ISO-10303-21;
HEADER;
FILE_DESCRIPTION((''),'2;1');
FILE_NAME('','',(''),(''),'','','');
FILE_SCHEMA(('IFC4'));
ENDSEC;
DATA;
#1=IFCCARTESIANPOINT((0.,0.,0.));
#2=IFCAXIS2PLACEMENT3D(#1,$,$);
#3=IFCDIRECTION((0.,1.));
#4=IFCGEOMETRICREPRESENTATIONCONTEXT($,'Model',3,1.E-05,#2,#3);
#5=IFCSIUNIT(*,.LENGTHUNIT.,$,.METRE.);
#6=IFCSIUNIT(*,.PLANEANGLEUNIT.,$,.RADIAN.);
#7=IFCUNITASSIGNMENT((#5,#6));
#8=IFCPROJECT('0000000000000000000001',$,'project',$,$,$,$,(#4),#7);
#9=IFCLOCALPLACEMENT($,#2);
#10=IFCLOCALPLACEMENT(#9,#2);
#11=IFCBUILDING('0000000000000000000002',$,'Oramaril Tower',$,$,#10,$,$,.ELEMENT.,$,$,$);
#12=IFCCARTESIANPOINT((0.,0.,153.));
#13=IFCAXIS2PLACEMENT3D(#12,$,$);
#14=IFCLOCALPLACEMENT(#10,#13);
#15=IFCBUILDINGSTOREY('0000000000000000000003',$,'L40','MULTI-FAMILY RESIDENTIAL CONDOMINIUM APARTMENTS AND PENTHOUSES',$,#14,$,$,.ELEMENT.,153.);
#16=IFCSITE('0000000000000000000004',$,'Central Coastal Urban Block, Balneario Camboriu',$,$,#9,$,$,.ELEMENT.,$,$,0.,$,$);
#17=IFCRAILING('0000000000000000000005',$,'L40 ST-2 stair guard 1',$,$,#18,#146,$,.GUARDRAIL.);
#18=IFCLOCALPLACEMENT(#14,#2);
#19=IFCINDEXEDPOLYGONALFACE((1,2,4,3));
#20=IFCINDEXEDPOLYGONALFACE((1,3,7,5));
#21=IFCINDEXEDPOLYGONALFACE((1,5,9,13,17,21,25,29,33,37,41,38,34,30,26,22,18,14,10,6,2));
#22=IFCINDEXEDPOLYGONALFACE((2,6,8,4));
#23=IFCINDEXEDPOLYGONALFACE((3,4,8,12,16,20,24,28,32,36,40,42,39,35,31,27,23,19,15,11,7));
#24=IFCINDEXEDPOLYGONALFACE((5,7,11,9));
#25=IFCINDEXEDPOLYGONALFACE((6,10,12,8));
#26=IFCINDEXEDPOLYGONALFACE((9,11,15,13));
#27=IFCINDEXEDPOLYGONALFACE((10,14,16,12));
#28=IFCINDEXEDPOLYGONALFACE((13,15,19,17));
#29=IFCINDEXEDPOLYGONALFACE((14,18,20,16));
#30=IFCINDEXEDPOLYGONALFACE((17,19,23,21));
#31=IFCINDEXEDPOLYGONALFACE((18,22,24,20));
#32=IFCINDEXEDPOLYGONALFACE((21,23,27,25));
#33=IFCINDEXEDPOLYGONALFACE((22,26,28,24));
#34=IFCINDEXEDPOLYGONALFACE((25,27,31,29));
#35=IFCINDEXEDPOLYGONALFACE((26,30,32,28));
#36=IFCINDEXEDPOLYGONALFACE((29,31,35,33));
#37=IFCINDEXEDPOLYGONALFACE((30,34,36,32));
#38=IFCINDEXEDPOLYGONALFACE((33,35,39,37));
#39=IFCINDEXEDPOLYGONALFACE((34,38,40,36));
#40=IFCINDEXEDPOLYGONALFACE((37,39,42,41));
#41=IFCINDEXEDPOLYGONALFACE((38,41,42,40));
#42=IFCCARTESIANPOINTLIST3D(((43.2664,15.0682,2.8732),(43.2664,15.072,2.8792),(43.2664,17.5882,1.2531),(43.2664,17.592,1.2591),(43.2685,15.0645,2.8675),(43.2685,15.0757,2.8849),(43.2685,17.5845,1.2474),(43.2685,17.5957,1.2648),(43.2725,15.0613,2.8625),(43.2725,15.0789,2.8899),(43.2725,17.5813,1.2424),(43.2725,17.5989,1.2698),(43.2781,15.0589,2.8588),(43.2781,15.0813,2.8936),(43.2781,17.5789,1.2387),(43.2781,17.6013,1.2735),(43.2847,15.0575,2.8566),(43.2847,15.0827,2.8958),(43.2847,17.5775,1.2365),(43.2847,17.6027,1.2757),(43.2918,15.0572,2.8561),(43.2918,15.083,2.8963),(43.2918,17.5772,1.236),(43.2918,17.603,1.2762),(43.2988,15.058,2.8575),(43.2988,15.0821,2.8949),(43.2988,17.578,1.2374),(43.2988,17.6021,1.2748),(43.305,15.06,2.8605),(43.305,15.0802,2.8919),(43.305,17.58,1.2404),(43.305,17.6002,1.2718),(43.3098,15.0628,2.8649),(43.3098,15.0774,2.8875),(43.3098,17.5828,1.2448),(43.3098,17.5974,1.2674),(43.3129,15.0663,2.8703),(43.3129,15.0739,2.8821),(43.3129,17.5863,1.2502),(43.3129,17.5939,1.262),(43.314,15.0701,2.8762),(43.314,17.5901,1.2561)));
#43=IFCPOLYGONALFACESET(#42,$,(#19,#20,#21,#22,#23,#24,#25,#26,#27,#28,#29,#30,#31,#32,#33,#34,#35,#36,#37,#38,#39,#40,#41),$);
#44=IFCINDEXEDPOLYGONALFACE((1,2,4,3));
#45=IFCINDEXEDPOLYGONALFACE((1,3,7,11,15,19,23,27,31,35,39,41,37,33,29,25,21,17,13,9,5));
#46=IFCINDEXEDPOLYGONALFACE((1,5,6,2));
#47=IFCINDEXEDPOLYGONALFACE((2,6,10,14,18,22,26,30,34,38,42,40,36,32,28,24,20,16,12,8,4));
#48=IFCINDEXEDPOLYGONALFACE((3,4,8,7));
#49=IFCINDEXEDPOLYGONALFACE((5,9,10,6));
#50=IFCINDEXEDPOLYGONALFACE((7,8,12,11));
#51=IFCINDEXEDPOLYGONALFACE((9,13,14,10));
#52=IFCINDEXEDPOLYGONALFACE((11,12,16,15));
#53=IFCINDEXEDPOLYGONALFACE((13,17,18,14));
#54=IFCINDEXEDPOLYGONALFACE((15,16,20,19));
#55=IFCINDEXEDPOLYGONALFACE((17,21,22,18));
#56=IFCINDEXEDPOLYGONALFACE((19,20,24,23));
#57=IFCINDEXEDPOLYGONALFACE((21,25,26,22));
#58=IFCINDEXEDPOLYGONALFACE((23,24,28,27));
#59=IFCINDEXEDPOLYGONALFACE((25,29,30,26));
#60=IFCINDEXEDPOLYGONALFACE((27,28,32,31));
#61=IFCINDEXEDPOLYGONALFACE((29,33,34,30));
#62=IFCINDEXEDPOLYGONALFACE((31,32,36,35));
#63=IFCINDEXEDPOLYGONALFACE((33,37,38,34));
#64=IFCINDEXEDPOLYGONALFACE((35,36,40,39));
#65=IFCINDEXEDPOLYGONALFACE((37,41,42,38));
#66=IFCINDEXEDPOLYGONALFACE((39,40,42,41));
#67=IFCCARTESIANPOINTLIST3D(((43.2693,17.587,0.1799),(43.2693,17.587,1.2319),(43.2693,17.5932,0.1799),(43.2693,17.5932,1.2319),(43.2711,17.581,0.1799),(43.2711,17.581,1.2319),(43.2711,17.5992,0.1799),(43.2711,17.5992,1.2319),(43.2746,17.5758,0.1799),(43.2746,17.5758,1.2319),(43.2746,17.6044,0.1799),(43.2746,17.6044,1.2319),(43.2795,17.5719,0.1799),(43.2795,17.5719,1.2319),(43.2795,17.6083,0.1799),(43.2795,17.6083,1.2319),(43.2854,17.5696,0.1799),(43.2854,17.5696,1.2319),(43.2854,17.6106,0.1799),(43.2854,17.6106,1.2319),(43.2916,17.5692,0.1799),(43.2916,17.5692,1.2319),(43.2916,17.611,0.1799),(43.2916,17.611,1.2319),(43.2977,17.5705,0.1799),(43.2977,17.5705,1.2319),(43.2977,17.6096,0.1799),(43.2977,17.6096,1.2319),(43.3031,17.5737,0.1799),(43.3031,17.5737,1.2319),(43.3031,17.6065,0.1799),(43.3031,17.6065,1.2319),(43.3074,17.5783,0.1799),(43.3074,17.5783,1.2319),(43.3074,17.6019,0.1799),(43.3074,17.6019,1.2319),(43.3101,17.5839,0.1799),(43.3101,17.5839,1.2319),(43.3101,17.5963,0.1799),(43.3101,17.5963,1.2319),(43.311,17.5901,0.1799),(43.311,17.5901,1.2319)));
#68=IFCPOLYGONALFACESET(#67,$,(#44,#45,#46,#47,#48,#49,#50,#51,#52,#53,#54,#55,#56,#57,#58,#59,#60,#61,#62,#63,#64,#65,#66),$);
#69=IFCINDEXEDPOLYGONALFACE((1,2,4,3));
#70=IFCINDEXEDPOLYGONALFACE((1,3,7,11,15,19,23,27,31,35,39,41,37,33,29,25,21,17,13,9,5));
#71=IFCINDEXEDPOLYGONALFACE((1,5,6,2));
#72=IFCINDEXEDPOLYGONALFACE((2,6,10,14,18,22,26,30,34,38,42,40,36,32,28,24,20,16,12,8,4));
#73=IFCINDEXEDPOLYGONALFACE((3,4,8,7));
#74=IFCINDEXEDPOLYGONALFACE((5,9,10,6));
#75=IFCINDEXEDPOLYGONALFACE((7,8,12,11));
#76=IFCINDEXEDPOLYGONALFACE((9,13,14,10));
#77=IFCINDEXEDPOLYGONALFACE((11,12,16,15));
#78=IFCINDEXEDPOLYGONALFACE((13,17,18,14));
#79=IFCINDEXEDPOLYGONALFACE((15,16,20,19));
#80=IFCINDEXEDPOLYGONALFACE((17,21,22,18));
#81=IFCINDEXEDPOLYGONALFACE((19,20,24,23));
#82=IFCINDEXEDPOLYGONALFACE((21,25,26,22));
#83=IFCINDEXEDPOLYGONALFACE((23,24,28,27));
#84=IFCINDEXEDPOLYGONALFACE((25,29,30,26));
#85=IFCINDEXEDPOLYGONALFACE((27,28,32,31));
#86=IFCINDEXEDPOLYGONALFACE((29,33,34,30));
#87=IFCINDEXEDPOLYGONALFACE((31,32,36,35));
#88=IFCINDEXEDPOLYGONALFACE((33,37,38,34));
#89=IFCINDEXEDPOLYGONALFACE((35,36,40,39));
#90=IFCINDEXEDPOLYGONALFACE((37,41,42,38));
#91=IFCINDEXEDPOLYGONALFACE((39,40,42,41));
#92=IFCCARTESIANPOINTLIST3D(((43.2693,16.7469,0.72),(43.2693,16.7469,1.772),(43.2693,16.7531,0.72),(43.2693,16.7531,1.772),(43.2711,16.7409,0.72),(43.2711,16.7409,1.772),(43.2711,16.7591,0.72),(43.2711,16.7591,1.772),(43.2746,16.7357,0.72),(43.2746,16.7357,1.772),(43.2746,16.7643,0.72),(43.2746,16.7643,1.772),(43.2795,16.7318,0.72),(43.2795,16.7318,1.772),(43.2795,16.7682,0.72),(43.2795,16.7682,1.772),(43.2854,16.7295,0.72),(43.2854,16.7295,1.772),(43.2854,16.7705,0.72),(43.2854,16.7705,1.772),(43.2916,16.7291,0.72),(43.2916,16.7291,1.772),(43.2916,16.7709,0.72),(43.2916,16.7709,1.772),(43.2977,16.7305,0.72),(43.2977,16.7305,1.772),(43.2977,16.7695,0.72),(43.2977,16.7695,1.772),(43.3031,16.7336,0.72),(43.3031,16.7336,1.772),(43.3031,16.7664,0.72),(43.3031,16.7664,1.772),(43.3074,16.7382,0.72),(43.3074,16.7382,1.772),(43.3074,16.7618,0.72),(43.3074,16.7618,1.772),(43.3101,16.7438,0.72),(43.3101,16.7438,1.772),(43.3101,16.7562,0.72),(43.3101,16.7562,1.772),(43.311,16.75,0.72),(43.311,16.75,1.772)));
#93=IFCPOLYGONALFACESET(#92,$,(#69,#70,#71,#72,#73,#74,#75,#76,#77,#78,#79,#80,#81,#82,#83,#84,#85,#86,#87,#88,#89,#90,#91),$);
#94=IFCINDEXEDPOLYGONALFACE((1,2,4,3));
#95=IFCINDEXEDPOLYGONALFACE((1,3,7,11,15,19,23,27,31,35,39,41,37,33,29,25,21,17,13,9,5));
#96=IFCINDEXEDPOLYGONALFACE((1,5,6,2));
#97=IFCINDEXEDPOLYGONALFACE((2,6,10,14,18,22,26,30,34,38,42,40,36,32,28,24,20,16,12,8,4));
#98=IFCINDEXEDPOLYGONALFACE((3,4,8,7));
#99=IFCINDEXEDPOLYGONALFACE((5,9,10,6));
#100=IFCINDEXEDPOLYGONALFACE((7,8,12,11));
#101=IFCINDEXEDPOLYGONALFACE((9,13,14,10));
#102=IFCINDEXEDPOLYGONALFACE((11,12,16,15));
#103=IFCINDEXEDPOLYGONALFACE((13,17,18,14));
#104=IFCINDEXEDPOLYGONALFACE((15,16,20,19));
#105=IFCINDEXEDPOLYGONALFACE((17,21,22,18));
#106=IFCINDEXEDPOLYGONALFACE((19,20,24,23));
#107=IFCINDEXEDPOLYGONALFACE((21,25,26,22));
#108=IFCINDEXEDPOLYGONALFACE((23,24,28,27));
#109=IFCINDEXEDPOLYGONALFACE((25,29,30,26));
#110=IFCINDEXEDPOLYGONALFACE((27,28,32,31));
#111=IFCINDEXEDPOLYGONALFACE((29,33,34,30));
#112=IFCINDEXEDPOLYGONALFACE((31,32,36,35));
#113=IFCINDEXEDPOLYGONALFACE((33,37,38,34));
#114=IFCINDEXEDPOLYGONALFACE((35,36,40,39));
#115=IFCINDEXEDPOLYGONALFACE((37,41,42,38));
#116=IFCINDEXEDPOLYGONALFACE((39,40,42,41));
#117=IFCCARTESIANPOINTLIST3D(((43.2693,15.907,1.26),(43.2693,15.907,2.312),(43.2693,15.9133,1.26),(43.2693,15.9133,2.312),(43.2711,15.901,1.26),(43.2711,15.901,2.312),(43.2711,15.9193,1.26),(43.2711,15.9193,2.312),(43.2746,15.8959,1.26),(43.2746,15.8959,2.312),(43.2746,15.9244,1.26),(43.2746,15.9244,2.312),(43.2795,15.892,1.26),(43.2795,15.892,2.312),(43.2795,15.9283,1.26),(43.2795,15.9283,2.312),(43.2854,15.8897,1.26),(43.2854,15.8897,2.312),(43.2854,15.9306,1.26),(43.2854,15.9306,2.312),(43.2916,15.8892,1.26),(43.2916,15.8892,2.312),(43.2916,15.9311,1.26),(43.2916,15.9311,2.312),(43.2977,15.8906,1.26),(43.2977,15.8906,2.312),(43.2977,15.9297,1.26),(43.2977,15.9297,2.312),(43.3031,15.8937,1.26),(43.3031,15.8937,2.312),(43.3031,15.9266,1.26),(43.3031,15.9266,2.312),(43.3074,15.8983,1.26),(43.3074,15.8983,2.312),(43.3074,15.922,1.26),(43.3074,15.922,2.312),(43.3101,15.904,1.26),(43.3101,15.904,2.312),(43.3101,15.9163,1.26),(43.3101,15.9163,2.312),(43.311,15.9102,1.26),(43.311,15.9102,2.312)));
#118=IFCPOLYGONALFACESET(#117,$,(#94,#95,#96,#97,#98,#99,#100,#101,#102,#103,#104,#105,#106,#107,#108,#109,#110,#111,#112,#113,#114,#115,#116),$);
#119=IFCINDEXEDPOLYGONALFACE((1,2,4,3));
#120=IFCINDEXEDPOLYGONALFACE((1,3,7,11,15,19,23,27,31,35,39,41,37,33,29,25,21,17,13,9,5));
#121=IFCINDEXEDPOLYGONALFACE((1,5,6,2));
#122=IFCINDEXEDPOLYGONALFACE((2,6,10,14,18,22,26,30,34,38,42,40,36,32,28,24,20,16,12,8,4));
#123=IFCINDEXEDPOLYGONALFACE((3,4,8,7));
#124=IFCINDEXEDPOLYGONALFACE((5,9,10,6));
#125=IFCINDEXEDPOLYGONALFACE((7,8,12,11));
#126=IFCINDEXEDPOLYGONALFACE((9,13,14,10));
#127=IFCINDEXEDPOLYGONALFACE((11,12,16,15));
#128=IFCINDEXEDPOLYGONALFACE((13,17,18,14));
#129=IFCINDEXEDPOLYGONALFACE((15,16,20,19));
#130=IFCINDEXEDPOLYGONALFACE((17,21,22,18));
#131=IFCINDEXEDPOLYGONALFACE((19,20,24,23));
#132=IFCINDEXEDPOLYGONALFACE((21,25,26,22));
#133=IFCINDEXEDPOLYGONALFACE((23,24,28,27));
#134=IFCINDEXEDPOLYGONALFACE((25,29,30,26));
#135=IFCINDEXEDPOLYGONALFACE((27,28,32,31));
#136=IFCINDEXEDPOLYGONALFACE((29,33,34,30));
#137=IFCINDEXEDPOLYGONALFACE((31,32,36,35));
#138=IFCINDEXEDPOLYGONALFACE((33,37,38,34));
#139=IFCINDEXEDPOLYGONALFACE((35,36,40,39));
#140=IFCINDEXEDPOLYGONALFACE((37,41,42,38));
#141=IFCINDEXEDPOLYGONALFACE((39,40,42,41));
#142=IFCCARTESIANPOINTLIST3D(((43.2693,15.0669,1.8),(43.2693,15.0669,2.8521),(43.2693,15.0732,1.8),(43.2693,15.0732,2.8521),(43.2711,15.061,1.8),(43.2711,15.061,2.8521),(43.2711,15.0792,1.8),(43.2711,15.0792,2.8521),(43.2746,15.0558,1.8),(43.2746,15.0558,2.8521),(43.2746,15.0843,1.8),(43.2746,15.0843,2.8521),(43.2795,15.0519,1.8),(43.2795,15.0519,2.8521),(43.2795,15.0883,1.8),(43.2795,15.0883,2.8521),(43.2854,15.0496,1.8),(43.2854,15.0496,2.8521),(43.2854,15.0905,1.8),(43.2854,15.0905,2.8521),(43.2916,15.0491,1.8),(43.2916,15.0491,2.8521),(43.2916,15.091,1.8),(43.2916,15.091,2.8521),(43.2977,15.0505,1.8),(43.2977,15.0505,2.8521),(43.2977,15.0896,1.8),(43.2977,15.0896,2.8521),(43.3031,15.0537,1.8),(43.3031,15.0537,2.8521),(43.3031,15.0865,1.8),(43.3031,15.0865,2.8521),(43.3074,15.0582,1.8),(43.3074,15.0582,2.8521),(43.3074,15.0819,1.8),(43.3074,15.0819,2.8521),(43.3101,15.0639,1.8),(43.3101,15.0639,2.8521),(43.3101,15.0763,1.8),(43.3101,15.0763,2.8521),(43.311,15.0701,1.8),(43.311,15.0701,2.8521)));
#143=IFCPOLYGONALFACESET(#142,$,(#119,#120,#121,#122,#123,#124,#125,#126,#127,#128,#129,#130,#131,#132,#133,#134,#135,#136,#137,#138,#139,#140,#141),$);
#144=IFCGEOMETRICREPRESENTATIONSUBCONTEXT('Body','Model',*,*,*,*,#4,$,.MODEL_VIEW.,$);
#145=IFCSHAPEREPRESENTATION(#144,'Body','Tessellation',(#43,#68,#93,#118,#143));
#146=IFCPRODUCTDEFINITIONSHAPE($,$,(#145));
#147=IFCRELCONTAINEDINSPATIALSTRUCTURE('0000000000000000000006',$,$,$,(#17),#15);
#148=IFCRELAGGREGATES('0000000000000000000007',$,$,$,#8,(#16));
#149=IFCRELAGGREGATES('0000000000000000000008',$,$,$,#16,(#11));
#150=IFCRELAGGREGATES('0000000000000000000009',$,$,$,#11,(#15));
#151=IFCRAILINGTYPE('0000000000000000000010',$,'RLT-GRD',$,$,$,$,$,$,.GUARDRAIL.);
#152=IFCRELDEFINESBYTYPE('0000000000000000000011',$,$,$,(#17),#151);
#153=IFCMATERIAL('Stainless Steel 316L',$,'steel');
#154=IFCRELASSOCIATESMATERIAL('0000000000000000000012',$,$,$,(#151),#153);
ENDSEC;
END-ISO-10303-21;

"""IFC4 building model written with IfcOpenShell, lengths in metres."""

from ifc_helpers import new_model, si_unit, direction, frame, origin, origin_2d, place, context, subcontext, project, spatial, circle, extrude, material, type_object, element, save


model = new_model("IFC4")

# Units and contexts
model_context = context("Model", 3, precision=1e-05, world=origin(), true_north=direction((0.0, 1.0)))
body_context = subcontext(model_context, "Body", "Model", "MODEL_VIEW")
ifc_project = project(units=[si_unit("LENGTHUNIT", "METRE"), si_unit("PLANEANGLEUNIT", "RADIAN")], contexts=[model_context])

# Site, building, storey
site_placement = place(None, origin())
site = spatial("IfcSite", under=ifc_project, at=site_placement, Name="Central Coastal Urban Block, Balneario Camboriu", CompositionType="ELEMENT", RefElevation=0.0)
building_placement = place(site_placement, origin())
building = spatial("IfcBuilding", under=site, at=building_placement, Name="Oramaril Tower", CompositionType="ELEMENT")
storey_placement = place(building_placement, frame((0.0, 0.0, 153.0)))
storey = spatial("IfcBuildingStorey", under=building, at=storey_placement, Name="L40", Description="MULTI-FAMILY RESIDENTIAL CONDOMINIUM APARTMENTS AND PENTHOUSES", CompositionType="ELEMENT", Elevation=153.0)

# Railing
ifc_material_1 = material(Name="Stainless Steel 316L", Category="steel")
railing_type_1 = type_object("IfcRailingType", Name="RLT-GRD", PredefinedType="GUARDRAIL", material=ifc_material_1)
railing_1_placement = place(storey_placement, frame((43.29, 17.5901, 0.1799)))
element("IfcRailing", 1, at=railing_1_placement, inside=storey, type_object=railing_type_1, Name="L40 ST-2 stair guard 1", PredefinedType="GUARDRAIL", context=body_context, shape_type="SweptSolid", body=[
    extrude(circle(Radius=0.0239, at=origin_2d()), frame((0.0, 0.0, 1.0762), z_axis=(0.0, -0.841163, 0.540782), x_axis=(1.0, 0.0, 0.0)), (0.0, 0.0, 1.0), 2.9958),
    extrude(circle(Radius=0.021, at=origin_2d()), origin(), (0.0, 0.0, 1.0), 1.052),
    extrude(circle(Radius=0.021, at=origin_2d()), frame((0.0, -0.8401, 0.54)), (0.0, 0.0, 1.0), 1.052),
    extrude(circle(Radius=0.021, at=origin_2d()), frame((0.0, -1.6799, 1.0801)), (0.0, 0.0, 1.0), 1.052),
    extrude(circle(Radius=0.021, at=origin_2d()), frame((0.0, -2.52, 1.6201)), (0.0, 0.0, 1.0), 1.052),
])

save(model, "model.ifc")
